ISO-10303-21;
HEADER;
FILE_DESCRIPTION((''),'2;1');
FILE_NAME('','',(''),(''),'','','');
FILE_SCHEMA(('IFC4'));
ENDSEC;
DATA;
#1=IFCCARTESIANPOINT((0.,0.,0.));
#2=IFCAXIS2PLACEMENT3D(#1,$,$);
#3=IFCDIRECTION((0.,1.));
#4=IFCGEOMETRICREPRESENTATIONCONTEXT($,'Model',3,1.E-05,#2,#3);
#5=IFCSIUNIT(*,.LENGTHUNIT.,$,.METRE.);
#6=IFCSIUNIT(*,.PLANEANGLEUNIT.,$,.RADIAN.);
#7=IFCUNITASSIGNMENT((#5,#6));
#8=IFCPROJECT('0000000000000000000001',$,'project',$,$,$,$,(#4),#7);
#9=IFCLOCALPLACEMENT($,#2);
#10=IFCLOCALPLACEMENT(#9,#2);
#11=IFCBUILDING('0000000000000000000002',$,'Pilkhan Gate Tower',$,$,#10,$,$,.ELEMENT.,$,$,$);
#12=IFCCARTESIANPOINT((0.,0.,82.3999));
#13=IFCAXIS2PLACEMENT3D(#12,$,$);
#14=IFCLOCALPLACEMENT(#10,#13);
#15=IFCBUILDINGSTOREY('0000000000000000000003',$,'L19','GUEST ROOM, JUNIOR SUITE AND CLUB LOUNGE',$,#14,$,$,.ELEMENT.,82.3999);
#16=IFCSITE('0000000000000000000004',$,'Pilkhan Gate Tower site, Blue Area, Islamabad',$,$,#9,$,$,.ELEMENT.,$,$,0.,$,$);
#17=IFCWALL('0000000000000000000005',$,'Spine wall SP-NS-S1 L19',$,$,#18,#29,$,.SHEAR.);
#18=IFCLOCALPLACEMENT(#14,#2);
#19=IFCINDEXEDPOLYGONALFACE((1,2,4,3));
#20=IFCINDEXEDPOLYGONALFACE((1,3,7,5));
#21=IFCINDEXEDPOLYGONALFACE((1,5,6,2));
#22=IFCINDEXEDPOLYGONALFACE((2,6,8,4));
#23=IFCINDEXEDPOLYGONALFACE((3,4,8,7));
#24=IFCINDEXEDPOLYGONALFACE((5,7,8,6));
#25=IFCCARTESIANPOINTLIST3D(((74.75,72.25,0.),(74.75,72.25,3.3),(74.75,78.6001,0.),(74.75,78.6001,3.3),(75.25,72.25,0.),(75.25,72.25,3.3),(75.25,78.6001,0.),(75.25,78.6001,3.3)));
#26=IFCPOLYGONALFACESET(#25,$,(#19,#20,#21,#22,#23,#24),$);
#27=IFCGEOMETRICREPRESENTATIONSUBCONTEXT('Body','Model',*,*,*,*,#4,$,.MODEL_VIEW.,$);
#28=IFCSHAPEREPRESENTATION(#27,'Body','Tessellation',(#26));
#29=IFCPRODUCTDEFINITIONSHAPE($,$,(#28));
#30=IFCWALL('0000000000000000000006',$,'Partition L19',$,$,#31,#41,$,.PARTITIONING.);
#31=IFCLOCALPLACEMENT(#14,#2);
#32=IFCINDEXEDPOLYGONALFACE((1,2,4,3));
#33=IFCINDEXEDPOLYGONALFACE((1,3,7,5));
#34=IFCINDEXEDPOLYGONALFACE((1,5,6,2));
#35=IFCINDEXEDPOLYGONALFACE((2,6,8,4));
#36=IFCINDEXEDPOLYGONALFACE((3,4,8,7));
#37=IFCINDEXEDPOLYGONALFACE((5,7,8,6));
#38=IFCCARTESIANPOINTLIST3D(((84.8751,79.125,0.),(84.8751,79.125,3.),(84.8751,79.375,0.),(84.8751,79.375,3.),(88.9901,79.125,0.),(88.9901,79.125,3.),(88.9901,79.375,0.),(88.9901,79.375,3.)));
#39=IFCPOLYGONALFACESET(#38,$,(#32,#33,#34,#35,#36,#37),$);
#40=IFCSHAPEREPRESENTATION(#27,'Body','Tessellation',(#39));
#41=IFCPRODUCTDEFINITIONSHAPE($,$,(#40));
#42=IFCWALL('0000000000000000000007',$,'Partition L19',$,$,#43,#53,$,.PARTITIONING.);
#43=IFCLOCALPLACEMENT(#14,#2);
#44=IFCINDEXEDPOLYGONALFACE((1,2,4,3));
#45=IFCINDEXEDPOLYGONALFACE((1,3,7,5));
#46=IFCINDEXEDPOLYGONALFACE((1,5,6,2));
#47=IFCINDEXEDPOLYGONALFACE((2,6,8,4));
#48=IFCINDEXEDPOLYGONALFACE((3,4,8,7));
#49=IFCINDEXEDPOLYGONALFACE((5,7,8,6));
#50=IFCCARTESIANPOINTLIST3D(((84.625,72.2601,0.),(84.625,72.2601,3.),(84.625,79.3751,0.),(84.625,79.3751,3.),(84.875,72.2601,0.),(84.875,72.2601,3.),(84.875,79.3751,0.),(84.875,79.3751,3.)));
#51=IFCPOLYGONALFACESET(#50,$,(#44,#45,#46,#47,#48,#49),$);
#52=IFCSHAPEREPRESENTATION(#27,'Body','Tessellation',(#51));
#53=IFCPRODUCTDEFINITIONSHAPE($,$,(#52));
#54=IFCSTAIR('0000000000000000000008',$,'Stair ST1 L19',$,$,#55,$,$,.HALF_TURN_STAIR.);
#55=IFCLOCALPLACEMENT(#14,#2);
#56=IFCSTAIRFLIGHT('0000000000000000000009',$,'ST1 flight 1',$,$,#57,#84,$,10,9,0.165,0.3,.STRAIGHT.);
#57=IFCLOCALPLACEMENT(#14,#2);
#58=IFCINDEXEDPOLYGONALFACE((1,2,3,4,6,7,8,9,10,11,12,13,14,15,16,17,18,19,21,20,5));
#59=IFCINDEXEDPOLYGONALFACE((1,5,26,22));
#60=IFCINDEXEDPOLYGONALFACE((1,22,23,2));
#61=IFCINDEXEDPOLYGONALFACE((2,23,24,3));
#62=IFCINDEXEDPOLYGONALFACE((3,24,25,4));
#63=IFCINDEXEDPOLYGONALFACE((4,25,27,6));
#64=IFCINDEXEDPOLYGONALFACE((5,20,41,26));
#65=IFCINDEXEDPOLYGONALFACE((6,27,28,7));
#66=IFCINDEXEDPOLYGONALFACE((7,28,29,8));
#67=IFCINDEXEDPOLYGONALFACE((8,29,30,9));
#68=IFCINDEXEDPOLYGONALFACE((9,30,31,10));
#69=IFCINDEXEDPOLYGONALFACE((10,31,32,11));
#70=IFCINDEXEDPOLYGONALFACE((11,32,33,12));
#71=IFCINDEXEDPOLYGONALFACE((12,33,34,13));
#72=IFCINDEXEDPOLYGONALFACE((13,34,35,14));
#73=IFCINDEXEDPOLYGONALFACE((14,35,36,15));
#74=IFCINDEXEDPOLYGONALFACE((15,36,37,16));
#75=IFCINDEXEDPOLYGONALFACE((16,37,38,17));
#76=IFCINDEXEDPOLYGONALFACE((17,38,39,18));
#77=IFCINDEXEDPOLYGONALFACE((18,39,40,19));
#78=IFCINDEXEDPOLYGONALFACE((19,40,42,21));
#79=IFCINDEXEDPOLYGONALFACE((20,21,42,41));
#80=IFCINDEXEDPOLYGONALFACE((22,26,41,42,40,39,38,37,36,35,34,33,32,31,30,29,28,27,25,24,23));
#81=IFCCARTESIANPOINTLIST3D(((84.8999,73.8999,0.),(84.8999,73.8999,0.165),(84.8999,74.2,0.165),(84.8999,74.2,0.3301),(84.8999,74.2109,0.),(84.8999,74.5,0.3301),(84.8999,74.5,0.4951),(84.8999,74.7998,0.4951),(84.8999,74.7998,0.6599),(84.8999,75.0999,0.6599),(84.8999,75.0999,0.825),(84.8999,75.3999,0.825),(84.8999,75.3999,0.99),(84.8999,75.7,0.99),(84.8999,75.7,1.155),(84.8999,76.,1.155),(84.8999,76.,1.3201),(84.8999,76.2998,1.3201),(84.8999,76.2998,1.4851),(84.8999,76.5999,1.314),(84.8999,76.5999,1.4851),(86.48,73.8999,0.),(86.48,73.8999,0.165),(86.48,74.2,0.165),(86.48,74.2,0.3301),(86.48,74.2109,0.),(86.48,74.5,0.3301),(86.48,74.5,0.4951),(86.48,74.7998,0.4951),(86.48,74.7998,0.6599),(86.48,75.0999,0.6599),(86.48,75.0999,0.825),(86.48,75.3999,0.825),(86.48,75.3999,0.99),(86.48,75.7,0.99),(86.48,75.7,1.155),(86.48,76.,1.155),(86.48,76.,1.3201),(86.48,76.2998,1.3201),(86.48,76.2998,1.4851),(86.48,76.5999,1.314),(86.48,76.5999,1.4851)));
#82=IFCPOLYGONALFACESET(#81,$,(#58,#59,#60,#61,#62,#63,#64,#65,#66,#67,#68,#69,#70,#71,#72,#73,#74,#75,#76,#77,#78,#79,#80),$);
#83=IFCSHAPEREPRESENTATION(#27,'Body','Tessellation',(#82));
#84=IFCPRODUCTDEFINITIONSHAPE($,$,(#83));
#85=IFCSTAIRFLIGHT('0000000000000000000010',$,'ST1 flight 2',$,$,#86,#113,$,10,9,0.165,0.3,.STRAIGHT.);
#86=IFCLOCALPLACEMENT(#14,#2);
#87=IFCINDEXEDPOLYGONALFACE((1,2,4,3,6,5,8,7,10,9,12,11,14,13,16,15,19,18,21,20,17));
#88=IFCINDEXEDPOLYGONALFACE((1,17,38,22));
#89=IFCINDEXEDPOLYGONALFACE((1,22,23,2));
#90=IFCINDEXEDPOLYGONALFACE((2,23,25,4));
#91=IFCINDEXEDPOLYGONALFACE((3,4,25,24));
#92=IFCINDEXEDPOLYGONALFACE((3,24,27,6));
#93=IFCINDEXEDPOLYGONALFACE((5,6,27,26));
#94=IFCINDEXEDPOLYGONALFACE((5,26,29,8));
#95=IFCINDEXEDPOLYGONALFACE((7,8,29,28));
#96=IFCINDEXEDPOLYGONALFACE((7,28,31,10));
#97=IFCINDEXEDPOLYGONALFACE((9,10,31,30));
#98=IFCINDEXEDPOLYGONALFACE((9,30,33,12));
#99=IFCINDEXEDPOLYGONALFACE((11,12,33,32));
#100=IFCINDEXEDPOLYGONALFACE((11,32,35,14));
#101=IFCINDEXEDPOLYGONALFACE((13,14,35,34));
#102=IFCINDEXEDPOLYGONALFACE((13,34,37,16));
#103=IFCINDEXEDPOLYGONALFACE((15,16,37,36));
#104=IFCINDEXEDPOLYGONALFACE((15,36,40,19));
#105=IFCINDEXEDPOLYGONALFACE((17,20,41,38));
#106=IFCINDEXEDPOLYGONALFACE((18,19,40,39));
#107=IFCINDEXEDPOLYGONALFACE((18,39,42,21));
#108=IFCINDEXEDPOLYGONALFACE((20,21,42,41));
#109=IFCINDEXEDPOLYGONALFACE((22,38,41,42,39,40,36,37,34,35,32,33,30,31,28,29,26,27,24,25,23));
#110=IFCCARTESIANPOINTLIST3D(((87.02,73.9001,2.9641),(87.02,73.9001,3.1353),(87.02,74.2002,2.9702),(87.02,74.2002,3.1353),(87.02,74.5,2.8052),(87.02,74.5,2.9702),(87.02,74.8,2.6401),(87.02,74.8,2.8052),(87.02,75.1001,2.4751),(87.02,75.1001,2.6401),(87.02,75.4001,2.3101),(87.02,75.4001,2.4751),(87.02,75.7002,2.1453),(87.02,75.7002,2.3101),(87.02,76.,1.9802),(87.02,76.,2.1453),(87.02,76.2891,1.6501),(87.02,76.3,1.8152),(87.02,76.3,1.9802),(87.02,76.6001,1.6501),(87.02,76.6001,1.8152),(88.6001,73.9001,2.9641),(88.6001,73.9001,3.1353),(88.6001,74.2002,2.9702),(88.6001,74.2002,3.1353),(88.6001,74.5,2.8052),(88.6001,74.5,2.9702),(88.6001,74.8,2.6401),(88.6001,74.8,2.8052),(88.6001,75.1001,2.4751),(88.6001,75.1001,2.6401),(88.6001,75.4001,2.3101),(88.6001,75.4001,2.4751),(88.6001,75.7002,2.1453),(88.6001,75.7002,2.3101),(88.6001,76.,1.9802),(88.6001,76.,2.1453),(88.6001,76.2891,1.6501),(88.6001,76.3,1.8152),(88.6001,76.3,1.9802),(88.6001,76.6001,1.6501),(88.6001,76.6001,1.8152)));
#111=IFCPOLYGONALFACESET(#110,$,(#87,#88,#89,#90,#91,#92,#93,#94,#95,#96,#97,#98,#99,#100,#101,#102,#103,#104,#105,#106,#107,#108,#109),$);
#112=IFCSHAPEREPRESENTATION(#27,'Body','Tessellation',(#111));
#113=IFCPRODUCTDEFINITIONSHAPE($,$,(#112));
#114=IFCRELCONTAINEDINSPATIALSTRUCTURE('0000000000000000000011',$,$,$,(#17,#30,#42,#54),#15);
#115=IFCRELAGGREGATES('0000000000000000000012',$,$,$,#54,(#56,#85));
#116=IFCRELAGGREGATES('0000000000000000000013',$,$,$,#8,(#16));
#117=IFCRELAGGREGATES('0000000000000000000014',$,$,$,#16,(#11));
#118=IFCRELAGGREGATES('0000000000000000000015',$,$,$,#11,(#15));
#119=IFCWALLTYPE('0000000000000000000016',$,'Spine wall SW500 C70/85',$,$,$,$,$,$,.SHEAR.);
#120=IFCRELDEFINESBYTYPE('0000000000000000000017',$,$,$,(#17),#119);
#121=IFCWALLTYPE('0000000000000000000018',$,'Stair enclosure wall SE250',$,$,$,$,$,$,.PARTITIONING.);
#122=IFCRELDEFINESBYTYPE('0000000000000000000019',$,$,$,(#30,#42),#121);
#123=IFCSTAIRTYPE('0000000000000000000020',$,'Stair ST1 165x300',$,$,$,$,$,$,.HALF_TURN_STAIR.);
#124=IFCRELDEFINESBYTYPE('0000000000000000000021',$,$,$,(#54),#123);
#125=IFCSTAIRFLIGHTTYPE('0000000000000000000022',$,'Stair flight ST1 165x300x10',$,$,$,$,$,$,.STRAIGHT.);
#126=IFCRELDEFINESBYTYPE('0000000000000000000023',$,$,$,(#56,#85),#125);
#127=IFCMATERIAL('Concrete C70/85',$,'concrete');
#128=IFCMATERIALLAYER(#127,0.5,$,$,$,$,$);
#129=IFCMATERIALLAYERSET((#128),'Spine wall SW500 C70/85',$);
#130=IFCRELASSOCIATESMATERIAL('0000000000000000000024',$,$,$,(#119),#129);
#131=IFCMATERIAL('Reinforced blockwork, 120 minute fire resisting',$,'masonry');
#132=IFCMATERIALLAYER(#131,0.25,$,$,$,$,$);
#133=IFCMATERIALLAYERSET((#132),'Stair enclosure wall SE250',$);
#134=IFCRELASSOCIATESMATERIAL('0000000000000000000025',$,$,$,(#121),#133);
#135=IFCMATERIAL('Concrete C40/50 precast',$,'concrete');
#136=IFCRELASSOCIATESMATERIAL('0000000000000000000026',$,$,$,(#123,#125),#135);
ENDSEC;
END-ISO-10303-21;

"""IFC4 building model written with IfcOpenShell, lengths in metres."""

from ifc_helpers import new_model, si_unit, direction, frame, frame_2d, origin, place, context, subcontext, project, spatial, polyline, rectangle, outline, extrude, material, layer, layer_set, type_object, element, aggregate, save


model = new_model("IFC4")

# Units and contexts
model_context = context("Model", 3, precision=1e-05, world=origin(), true_north=direction((0.0, 1.0)))
body_context = subcontext(model_context, "Body", "Model", "MODEL_VIEW")
ifc_project = project(units=[si_unit("LENGTHUNIT", "METRE"), si_unit("PLANEANGLEUNIT", "RADIAN")], contexts=[model_context])

# Site, building, storey
site_placement = place(None, origin())
site = spatial("IfcSite", under=ifc_project, at=site_placement, Name="Pilkhan Gate Tower site, Blue Area, Islamabad", CompositionType="ELEMENT", RefElevation=0.0)
building_placement = place(site_placement, origin())
building = spatial("IfcBuilding", under=site, at=building_placement, Name="Pilkhan Gate Tower", CompositionType="ELEMENT")
storey_placement = place(building_placement, frame((0.0, 0.0, 82.3999)))
storey = spatial("IfcBuildingStorey", under=building, at=storey_placement, Name="L19", Description="GUEST ROOM, JUNIOR SUITE AND CLUB LOUNGE", CompositionType="ELEMENT", Elevation=82.3999)

# Shared definitions
ifc_material_1 = material(Name="Concrete C70/85", Category="concrete")

# Walls
ifc_layer_1 = layer(ifc_material_1, 0.5)
ifc_layer_set_1 = layer_set([ifc_layer_1], Name="Spine wall SW500 C70/85")
wall_type_1 = type_object("IfcWallType", Name="Spine wall SW500 C70/85", PredefinedType="SHEAR", material=ifc_layer_set_1)
wall_1_placement = place(storey_placement, frame((75.0, 72.25, 0.0), z_axis=(0.0, 0.0, 1.0), x_axis=(0.0, 1.0, 0.0)))
element("IfcWall", 1, at=wall_1_placement, inside=storey, type_object=wall_type_1, Name="Spine wall SP-NS-S1 L19", PredefinedType="SHEAR", context=body_context, shape_type="SweptSolid", body=[
    extrude(rectangle(XDim=6.3501, YDim=0.5, at=frame_2d((3.175, 0.0))), origin(), (0.0, 0.0, 1.0), 3.3),
])
ifc_material_2 = material(Name="Reinforced blockwork, 120 minute fire resisting", Category="masonry")
ifc_layer_2 = layer(ifc_material_2, 0.25)
ifc_layer_set_2 = layer_set([ifc_layer_2], Name="Stair enclosure wall SE250")
wall_type_2 = type_object("IfcWallType", Name="Stair enclosure wall SE250", PredefinedType="PARTITIONING", material=ifc_layer_set_2)
wall_2_placement = place(storey_placement, frame((84.875, 79.25, 0.0), z_axis=(0.0, 0.0, 1.0), x_axis=(1.0, 0.0, 0.0)))
element("IfcWall", 2, at=wall_2_placement, inside=storey, type_object=wall_type_2, Name="Partition L19", PredefinedType="PARTITIONING", context=body_context, shape_type="SweptSolid", body=[
    extrude(rectangle(XDim=4.115, YDim=0.25, at=frame_2d((2.0576, 0.0))), origin(), (0.0, 0.0, 1.0), 3.0),
])
wall_3_placement = place(storey_placement, frame((84.75, 72.26, 0.0), z_axis=(0.0, 0.0, 1.0), x_axis=(0.0, 1.0, 0.0)))
element("IfcWall", 3, at=wall_3_placement, inside=storey, type_object=wall_type_2, Name="Partition L19", PredefinedType="PARTITIONING", context=body_context, shape_type="SweptSolid", body=[
    extrude(rectangle(XDim=7.115, YDim=0.25, at=frame_2d((3.5576, 0.0))), origin(), (0.0, 0.0, 1.0), 3.0),
])

# Stair, stair flights
ifc_material_3 = material(Name="Concrete C40/50 precast", Category="concrete")
stair_type = type_object("IfcStairType", Name="Stair ST1 165x300", PredefinedType="HALF_TURN_STAIR", material=ifc_material_3)
stair_placement = place(storey_placement, origin())
stair = element("IfcStair", 4, at=stair_placement, inside=storey, type_object=stair_type, Name="Stair ST1 L19", PredefinedType="HALF_TURN_STAIR")
stair_flight_type = type_object("IfcStairFlightType", Name="Stair flight ST1 165x300x10", PredefinedType="STRAIGHT", material=ifc_material_3)
stair_flight_1_placement = place(storey_placement, frame((85.6899, 73.8999, 0.0), z_axis=(0.0, 0.0, 1.0), x_axis=(0.0, 1.0, 0.0)))
stair_flight_1 = element("IfcStairFlight", 5, at=stair_flight_1_placement, type_object=stair_flight_type, Name="ST1 flight 1", NumberOfRisers=10, NumberOfTreads=9, PredefinedType="STRAIGHT", RiserHeight=0.165, TreadLength=0.3, context=body_context, shape_type="SweptSolid", body=[
    extrude(outline(polyline([(0.0, 0.0), (0.0, 0.165), (0.3, 0.165), (0.3, 0.3301), (0.6001, 0.3301), (0.6001, 0.4951), (0.8999, 0.4951), (0.8999, 0.6599), (1.2, 0.6599), (1.2, 0.825), (1.5, 0.825), (1.5, 0.99), (1.8, 0.99), (1.8, 1.155), (2.1001, 1.155), (2.1001, 1.3201), (2.3999, 1.3201), (2.3999, 1.4851), (2.7, 1.4851), (2.7, 1.6499), (2.7, 1.314), (0.311, 0.0), (0.0, 0.0)])), frame((0.0, 0.79, 0.0), z_axis=(0.0, -1.0, 0.0), x_axis=(1.0, 0.0, 0.0)), (0.0, 0.0, 1.0), 1.5801),
])
stair_flight_2_placement = place(storey_placement, frame((87.8101, 76.6001, 1.6501), z_axis=(0.0, 0.0, 1.0), x_axis=(0.0, -1.0, 0.0)))
stair_flight_2 = element("IfcStairFlight", 6, at=stair_flight_2_placement, type_object=stair_flight_type, Name="ST1 flight 2", NumberOfRisers=10, NumberOfTreads=9, PredefinedType="STRAIGHT", RiserHeight=0.165, TreadLength=0.3, context=body_context, shape_type="SweptSolid", body=[
    extrude(outline(polyline([(0.0, 0.0), (0.0, 0.165), (0.3, 0.165), (0.3, 0.3301), (0.6001, 0.3301), (0.6001, 0.4951), (0.8999, 0.4951), (0.8999, 0.6599), (1.2, 0.6599), (1.2, 0.825), (1.5, 0.825), (1.5, 0.99), (1.8, 0.99), (1.8, 1.155), (2.1001, 1.155), (2.1001, 1.3201), (2.3999, 1.3201), (2.3999, 1.4851), (2.7, 1.4851), (2.7, 1.6499), (2.7, 1.314), (0.311, 0.0), (0.0, 0.0)])), frame((0.0, 0.79, 0.0), z_axis=(0.0, -1.0, 0.0), x_axis=(1.0, 0.0, 0.0)), (0.0, 0.0, 1.0), 1.5801),
])
aggregate(stair, [stair_flight_1, stair_flight_2])

save(model, "model.ifc")
